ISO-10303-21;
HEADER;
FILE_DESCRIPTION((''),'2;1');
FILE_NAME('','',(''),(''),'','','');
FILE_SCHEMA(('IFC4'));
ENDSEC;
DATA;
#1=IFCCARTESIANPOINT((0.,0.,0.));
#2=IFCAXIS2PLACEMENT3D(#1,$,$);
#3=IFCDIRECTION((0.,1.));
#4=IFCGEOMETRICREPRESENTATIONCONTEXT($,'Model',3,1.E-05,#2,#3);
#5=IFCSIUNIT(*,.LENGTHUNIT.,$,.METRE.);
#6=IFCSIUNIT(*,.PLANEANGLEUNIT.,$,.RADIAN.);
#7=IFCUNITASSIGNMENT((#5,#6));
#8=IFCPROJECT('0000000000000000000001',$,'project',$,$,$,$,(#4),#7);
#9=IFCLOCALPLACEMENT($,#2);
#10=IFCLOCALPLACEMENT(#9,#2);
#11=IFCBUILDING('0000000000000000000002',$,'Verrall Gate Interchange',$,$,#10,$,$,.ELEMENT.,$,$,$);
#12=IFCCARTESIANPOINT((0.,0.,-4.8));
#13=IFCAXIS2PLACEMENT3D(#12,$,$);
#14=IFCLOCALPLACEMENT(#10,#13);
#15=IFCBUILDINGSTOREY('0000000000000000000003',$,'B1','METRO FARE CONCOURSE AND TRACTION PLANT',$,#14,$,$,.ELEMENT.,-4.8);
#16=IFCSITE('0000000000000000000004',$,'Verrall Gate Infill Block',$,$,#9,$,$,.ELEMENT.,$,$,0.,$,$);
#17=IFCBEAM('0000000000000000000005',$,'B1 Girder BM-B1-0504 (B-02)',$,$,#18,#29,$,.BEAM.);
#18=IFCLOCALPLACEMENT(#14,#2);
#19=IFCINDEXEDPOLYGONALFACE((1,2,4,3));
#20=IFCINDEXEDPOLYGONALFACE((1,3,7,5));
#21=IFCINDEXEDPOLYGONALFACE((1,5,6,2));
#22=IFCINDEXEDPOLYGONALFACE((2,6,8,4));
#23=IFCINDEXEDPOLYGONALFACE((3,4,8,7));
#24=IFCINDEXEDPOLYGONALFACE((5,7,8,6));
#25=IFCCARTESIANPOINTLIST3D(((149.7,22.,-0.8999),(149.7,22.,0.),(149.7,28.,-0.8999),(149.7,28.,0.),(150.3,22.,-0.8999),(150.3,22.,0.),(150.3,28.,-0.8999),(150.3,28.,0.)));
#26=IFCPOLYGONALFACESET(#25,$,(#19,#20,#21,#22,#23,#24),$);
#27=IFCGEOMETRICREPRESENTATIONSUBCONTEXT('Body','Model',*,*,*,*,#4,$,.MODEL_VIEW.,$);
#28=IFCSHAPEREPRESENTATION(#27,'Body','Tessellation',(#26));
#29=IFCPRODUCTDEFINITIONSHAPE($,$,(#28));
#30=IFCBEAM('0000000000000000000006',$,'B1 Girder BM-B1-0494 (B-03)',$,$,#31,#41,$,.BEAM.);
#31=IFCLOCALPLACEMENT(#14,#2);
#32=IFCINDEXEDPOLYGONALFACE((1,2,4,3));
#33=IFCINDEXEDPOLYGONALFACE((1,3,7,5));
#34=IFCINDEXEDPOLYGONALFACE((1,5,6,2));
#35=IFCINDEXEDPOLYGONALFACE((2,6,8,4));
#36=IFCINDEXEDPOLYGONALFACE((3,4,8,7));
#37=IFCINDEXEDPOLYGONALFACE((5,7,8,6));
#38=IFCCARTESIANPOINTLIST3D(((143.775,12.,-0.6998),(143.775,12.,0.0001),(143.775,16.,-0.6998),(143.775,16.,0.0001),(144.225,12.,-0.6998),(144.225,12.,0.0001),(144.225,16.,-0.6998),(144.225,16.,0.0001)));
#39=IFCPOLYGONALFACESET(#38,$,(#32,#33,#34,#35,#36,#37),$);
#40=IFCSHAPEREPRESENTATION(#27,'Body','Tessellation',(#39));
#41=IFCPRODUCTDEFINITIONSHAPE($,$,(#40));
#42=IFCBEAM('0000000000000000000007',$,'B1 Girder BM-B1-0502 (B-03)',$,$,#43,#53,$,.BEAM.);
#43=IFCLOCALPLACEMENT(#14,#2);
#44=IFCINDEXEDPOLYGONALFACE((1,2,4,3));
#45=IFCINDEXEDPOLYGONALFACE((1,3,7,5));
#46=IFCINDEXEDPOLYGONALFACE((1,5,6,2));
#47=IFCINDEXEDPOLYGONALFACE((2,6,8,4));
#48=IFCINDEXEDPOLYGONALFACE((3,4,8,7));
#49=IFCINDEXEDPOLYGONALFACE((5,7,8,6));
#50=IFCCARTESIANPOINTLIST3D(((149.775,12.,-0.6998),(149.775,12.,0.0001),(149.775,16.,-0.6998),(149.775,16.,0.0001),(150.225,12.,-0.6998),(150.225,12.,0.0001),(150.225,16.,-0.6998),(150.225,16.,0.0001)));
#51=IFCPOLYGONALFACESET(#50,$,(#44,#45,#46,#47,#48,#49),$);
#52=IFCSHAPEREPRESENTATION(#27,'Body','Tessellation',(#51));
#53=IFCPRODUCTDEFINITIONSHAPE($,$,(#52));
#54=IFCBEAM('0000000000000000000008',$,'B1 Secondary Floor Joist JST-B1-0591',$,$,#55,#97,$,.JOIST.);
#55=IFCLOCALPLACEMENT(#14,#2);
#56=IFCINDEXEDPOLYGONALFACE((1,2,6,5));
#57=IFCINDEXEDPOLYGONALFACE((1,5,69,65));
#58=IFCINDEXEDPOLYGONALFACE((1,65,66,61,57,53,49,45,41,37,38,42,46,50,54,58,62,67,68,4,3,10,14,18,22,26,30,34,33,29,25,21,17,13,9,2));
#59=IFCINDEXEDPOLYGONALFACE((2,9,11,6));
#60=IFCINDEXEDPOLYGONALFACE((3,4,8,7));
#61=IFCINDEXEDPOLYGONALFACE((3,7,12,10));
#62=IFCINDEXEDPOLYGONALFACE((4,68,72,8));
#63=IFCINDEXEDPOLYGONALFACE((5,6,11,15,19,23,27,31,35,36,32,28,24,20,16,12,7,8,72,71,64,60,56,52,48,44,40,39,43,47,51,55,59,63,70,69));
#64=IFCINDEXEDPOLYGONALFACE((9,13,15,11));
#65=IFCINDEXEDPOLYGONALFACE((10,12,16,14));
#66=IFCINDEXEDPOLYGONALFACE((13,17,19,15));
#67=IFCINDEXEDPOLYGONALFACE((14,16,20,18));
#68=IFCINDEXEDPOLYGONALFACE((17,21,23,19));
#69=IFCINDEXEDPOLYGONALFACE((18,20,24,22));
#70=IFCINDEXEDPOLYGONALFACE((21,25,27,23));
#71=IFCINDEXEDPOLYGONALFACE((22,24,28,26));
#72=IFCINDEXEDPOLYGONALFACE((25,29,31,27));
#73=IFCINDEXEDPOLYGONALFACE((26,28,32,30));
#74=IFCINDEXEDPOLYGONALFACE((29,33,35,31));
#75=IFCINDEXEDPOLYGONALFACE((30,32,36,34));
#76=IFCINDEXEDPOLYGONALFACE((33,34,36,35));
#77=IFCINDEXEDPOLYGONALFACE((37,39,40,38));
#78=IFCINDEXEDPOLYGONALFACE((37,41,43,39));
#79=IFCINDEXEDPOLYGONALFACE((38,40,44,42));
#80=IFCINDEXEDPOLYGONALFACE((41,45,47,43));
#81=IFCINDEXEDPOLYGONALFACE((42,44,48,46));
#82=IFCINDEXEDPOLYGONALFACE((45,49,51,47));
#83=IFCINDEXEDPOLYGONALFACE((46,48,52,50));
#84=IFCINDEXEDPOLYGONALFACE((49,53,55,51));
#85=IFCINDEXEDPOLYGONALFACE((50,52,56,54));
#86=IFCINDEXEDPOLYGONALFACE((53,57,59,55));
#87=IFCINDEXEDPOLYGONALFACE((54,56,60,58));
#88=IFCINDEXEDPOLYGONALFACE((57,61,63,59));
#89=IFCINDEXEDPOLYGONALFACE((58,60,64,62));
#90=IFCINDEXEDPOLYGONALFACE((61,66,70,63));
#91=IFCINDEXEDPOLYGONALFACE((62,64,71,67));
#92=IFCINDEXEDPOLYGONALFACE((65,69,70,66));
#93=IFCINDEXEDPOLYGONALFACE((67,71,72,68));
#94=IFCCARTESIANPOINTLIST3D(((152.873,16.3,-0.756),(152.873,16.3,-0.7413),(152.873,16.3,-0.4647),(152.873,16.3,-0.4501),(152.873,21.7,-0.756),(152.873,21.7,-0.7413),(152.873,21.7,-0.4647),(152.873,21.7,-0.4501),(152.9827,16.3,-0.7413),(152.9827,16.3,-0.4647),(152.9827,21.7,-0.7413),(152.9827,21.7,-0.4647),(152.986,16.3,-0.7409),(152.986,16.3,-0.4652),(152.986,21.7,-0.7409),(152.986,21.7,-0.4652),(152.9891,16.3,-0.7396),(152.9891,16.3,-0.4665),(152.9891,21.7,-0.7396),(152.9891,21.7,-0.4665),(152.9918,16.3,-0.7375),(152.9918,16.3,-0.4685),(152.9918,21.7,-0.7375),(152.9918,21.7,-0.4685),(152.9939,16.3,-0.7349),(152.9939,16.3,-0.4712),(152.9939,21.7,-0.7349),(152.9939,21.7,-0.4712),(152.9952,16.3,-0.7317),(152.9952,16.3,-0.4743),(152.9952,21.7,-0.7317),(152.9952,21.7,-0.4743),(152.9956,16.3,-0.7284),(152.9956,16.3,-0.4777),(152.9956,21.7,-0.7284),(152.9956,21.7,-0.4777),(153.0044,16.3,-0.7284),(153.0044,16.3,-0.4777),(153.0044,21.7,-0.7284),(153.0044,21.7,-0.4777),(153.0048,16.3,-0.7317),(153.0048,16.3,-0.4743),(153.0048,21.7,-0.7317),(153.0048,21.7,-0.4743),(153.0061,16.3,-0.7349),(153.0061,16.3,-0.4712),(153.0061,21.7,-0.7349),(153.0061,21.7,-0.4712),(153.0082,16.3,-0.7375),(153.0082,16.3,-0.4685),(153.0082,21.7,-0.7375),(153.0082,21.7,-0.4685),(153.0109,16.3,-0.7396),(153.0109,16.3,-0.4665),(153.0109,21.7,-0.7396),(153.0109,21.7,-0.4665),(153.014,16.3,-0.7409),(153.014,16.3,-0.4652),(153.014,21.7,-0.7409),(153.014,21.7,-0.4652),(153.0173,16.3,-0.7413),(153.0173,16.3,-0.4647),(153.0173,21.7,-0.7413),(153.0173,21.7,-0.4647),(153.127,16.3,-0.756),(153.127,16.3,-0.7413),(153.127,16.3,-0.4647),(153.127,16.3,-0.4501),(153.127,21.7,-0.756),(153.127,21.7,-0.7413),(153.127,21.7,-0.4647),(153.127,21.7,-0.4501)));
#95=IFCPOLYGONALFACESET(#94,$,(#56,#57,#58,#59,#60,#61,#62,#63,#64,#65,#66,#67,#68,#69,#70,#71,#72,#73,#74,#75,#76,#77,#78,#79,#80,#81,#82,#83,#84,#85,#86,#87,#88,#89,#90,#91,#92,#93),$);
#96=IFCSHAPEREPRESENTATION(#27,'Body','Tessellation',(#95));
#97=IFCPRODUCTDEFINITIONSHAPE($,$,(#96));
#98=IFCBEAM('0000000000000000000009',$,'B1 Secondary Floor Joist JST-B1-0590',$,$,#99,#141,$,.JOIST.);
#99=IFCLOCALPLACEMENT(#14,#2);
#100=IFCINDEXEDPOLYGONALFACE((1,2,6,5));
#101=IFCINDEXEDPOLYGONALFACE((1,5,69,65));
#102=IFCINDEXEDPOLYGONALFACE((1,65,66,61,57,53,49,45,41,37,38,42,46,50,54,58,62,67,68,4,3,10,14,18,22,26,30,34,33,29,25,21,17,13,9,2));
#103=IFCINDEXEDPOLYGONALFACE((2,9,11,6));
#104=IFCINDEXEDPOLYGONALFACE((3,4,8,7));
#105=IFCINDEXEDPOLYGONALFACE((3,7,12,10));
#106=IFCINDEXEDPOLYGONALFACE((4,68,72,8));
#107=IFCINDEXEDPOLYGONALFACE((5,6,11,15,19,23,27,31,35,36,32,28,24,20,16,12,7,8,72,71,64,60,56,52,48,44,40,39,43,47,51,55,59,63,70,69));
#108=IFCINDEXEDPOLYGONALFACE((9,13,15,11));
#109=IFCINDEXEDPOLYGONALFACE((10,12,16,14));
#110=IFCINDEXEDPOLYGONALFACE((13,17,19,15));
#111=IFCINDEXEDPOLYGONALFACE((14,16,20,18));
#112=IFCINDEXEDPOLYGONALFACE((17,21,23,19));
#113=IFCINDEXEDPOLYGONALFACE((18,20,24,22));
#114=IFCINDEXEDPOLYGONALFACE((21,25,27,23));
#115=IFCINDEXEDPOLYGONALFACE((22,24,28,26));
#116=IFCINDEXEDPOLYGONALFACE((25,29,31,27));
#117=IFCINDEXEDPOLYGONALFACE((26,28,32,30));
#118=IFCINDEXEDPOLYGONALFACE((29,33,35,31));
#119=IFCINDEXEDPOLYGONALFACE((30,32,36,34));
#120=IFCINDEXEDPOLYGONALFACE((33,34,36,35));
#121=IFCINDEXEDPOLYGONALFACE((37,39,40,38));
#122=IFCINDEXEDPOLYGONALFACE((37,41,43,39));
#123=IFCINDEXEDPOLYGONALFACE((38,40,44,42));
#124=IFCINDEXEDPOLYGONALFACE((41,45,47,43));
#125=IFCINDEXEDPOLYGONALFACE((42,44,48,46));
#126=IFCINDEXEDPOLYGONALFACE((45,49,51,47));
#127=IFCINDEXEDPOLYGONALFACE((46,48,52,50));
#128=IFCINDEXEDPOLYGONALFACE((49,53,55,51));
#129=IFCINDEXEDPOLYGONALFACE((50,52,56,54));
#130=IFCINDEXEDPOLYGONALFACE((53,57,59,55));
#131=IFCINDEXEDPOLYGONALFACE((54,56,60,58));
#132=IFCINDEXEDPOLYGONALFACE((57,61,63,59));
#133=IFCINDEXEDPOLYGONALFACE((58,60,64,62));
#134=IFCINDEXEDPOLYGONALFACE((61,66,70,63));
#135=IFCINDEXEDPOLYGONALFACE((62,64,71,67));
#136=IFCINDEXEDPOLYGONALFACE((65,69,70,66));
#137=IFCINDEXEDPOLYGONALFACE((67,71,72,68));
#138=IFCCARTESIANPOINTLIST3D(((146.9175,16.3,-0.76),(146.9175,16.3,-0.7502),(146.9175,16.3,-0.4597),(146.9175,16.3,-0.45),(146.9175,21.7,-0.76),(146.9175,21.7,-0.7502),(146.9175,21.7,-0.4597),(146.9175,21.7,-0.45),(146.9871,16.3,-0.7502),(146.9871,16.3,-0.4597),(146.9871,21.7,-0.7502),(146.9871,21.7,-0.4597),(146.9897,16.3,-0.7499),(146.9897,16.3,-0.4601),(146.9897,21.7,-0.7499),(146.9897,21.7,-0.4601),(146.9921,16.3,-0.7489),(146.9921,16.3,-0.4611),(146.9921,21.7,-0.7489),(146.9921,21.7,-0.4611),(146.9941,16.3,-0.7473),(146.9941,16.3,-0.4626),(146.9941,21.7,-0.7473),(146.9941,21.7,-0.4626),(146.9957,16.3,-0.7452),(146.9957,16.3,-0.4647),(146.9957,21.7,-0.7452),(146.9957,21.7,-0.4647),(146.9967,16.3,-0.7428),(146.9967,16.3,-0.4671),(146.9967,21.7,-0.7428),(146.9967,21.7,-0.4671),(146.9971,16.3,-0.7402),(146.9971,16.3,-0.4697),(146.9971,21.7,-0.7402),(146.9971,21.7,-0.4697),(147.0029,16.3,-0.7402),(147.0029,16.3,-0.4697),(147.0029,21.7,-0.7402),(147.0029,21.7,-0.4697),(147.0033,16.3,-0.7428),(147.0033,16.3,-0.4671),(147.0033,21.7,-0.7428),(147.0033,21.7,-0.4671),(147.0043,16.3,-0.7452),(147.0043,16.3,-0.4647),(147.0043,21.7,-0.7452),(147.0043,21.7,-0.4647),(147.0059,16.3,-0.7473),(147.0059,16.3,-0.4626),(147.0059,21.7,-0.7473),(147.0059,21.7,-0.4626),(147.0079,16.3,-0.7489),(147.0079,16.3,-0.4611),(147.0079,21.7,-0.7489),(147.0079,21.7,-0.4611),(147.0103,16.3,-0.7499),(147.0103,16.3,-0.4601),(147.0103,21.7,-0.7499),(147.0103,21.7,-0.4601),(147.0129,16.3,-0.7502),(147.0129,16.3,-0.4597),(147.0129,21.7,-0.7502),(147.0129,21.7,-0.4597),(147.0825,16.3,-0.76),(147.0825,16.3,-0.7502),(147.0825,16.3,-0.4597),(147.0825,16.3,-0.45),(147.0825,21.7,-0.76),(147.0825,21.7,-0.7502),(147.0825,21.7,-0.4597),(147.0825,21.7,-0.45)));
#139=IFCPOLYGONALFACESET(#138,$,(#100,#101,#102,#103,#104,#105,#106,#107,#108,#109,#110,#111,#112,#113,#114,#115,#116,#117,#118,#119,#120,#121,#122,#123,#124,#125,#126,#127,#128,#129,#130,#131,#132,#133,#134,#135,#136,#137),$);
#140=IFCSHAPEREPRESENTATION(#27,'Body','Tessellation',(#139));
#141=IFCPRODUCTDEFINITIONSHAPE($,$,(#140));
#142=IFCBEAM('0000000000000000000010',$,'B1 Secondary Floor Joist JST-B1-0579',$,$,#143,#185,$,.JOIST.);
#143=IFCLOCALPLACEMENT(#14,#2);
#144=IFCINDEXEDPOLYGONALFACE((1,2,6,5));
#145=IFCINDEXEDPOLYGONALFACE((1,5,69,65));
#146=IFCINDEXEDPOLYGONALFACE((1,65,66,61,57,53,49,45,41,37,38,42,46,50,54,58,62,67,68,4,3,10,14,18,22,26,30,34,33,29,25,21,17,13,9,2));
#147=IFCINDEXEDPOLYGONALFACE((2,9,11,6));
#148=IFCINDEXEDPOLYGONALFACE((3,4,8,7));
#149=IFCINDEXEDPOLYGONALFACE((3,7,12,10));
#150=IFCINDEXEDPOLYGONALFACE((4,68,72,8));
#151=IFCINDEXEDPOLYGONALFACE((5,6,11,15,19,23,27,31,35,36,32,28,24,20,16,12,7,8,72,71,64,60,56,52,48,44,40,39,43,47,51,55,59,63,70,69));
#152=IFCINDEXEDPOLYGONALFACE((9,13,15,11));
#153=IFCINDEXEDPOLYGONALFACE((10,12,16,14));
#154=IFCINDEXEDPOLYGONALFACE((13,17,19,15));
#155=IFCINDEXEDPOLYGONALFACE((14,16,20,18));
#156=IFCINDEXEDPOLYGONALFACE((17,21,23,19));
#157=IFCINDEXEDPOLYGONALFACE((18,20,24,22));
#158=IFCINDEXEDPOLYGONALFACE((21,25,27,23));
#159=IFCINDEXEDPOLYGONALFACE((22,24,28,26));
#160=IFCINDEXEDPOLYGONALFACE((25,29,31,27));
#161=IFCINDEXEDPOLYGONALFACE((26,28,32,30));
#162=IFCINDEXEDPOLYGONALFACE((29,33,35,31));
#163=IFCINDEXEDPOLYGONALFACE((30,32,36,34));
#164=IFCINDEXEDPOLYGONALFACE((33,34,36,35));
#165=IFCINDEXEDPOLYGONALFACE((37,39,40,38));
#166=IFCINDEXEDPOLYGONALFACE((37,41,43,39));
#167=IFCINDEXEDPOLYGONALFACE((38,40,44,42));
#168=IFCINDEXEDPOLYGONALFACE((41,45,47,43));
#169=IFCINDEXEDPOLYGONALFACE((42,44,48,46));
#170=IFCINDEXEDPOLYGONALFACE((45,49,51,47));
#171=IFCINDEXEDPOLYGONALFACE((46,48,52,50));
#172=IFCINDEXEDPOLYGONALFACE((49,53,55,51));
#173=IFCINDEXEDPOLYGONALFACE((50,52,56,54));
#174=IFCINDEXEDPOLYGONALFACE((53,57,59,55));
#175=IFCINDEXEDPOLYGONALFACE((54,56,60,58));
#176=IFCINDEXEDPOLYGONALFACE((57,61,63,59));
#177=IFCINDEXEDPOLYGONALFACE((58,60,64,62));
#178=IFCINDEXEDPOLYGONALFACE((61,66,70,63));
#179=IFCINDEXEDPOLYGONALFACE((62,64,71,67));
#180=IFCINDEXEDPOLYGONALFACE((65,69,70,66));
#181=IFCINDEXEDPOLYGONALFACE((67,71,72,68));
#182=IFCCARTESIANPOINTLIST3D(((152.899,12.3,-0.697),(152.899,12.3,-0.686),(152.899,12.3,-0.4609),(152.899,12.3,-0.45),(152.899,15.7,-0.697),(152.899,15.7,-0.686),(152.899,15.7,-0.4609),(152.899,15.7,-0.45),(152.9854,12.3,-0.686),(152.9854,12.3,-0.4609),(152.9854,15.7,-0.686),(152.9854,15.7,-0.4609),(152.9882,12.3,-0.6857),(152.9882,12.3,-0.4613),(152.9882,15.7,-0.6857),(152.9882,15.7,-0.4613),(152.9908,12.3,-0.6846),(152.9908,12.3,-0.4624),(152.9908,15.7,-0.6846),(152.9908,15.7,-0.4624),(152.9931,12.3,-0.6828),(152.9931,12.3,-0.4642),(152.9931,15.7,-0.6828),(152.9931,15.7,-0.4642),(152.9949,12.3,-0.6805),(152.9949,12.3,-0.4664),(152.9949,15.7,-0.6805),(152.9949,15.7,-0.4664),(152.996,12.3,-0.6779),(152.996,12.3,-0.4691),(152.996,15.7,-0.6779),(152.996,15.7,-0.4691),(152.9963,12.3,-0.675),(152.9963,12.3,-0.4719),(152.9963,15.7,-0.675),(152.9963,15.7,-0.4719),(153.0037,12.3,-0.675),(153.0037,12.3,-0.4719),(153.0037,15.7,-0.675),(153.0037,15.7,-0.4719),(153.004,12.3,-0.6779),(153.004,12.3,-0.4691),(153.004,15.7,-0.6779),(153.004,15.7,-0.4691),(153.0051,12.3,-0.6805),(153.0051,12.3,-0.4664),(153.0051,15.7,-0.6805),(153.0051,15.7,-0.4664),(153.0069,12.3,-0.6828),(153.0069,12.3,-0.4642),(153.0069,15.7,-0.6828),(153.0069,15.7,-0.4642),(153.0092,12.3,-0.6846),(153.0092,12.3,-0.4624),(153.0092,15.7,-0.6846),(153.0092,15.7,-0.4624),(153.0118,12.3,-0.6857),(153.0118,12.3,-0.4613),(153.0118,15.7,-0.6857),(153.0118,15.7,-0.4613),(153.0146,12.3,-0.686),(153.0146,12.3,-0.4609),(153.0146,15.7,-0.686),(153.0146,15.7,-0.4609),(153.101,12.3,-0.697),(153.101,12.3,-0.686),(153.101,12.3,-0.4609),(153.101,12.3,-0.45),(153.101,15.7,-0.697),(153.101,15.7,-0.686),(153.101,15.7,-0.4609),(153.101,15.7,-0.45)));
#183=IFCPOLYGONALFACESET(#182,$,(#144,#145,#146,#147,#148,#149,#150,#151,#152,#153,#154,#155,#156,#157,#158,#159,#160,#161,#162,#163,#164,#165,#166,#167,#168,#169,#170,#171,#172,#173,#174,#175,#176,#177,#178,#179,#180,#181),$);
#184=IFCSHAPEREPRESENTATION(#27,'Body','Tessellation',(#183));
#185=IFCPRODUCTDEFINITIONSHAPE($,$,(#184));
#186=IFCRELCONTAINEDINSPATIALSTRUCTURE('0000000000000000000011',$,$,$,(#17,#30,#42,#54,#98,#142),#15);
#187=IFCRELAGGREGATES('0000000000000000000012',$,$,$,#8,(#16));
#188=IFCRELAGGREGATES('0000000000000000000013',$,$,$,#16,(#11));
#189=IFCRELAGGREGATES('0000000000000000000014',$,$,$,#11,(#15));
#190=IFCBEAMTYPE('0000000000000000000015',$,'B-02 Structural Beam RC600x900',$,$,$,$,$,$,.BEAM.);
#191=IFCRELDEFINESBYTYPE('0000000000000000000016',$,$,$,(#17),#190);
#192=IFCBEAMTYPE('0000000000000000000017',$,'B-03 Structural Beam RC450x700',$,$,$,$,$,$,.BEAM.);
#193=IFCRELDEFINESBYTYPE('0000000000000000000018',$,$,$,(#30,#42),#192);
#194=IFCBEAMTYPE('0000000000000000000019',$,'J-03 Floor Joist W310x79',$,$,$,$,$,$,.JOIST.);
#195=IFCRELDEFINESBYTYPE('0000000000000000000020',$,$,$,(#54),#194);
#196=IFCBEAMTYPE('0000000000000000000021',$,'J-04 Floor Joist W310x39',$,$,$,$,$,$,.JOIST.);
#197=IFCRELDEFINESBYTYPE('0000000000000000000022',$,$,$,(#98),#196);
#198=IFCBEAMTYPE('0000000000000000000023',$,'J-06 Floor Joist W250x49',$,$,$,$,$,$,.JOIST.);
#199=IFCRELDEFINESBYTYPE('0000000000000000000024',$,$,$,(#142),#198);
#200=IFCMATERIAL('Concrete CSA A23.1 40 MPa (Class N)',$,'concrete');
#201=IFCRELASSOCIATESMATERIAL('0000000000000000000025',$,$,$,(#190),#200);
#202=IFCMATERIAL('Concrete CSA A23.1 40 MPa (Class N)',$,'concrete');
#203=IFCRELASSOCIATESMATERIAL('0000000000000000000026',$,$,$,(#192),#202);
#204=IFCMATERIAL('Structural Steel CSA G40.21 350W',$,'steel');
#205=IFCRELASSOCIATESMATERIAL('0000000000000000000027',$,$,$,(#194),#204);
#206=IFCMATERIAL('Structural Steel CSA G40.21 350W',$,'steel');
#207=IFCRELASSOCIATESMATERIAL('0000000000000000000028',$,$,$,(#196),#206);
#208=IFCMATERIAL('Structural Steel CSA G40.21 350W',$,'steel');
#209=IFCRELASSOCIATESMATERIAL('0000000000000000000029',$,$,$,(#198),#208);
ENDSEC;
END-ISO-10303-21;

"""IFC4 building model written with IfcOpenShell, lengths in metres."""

from ifc_helpers import new_model, si_unit, direction, frame, origin, origin_2d, place, context, subcontext, project, spatial, rectangle, i_section, extrude, material, material_profile, profile_set, type_object, element, save


model = new_model("IFC4")

# Units and contexts
model_context = context("Model", 3, precision=1e-05, world=origin(), true_north=direction((0.0, 1.0)))
body_context = subcontext(model_context, "Body", "Model", "MODEL_VIEW")
ifc_project = project(units=[si_unit("LENGTHUNIT", "METRE"), si_unit("PLANEANGLEUNIT", "RADIAN")], contexts=[model_context])

# Site, building, storey
site_placement = place(None, origin())
site = spatial("IfcSite", under=ifc_project, at=site_placement, Name="Verrall Gate Infill Block", CompositionType="ELEMENT", RefElevation=0.0)
building_placement = place(site_placement, origin())
building = spatial("IfcBuilding", under=site, at=building_placement, Name="Verrall Gate Interchange", CompositionType="ELEMENT")
storey_placement = place(building_placement, frame((0.0, 0.0, -4.8)))
storey = spatial("IfcBuildingStorey", under=building, at=storey_placement, Name="B1", Description="METRO FARE CONCOURSE AND TRACTION PLANT", CompositionType="ELEMENT", Elevation=-4.8)

# Beams
ifc_material_1 = material(Name="Concrete CSA A23.1 40 MPa (Class N)", Category="concrete")
ifc_material_profile_1 = material_profile(ifc_material_1, rectangle(XDim=0.6001, YDim=0.8999, at=origin_2d()), Name="RC600x900")
ifc_profile_set_1 = profile_set([ifc_material_profile_1], Name="Concrete CSA A23.1 40 MPa (Class N)")
beam_type_1 = type_object("IfcBeamType", Name="B-02 Structural Beam RC600x900", PredefinedType="BEAM", material=ifc_profile_set_1)
for number, where, z_axis, x_axis, name in (
    (1, (150.0, 22.0, -0.45), (0.0, 1.0, 0.0), (-1.0, 0.0, 0.0), "B1 Girder BM-B1-0504 (B-02)"),
):
    element("IfcBeam", number, at=place(storey_placement, frame(where, z_axis=z_axis, x_axis=x_axis)), inside=storey, type_object=beam_type_1, Name=name, PredefinedType="BEAM", context=body_context, shape_type="SweptSolid", body=[
        extrude(rectangle(XDim=0.6001, YDim=0.8999, at=origin_2d()), origin(), (0.0, 0.0, 1.0), 6.0),
    ])
ifc_material_2 = material(Name="Concrete CSA A23.1 40 MPa (Class N)", Category="concrete")
ifc_material_profile_2 = material_profile(ifc_material_2, rectangle(XDim=0.45, YDim=0.7, at=origin_2d()), Name="RC450x700")
ifc_profile_set_2 = profile_set([ifc_material_profile_2], Name="Concrete CSA A23.1 40 MPa (Class N)")
beam_type_2 = type_object("IfcBeamType", Name="B-03 Structural Beam RC450x700", PredefinedType="BEAM", material=ifc_profile_set_2)
for number, where, z_axis, x_axis, name in (
    (2, (144.0, 12.0, -0.3499), (0.0, 1.0, 0.0), (-1.0, 0.0, 0.0), "B1 Girder BM-B1-0494 (B-03)"),
    (3, (150.0, 12.0, -0.3499), (0.0, 1.0, 0.0), (-1.0, 0.0, 0.0), "B1 Girder BM-B1-0502 (B-03)"),
):
    element("IfcBeam", number, at=place(storey_placement, frame(where, z_axis=z_axis, x_axis=x_axis)), inside=storey, type_object=beam_type_2, Name=name, PredefinedType="BEAM", context=body_context, shape_type="SweptSolid", body=[
        extrude(rectangle(XDim=0.45, YDim=0.7, at=origin_2d()), origin(), (0.0, 0.0, 1.0), 4.0),
    ])
ifc_material_3 = material(Name="Structural Steel CSA G40.21 350W", Category="steel")
ifc_material_profile_3 = material_profile(ifc_material_3, i_section(OverallWidth=0.2539, OverallDepth=0.3059, WebThickness=0.0088, FlangeThickness=0.0146, FilletRadius=0.0129, at=origin_2d()), Name="W310x79")
ifc_profile_set_3 = profile_set([ifc_material_profile_3], Name="Structural Steel CSA G40.21 350W")
beam_type_3 = type_object("IfcBeamType", Name="J-03 Floor Joist W310x79", PredefinedType="JOIST", material=ifc_profile_set_3)
beam_1_placement = place(storey_placement, frame((153.0, 16.3, -0.603), z_axis=(0.0, 1.0, 0.0), x_axis=(-1.0, 0.0, 0.0)))
element("IfcBeam", 4, at=beam_1_placement, inside=storey, type_object=beam_type_3, Name="B1 Secondary Floor Joist JST-B1-0591", PredefinedType="JOIST", context=body_context, shape_type="SweptSolid", body=[
    extrude(i_section(OverallWidth=0.2539, OverallDepth=0.3059, WebThickness=0.0088, FlangeThickness=0.0146, FilletRadius=0.0129, at=origin_2d()), origin(), (0.0, 0.0, 1.0), 5.3999),
])
ifc_material_4 = material(Name="Structural Steel CSA G40.21 350W", Category="steel")
ifc_material_profile_4 = material_profile(ifc_material_4, i_section(OverallWidth=0.165, OverallDepth=0.3101, WebThickness=0.0059, FlangeThickness=0.0098, FilletRadius=0.01, at=origin_2d()), Name="W310x39")
ifc_profile_set_4 = profile_set([ifc_material_profile_4], Name="Structural Steel CSA G40.21 350W")
beam_type_4 = type_object("IfcBeamType", Name="J-04 Floor Joist W310x39", PredefinedType="JOIST", material=ifc_profile_set_4)
beam_2_placement = place(storey_placement, frame((147.0, 16.3, -0.605), z_axis=(0.0, 1.0, 0.0), x_axis=(-1.0, 0.0, 0.0)))
element("IfcBeam", 5, at=beam_2_placement, inside=storey, type_object=beam_type_4, Name="B1 Secondary Floor Joist JST-B1-0590", PredefinedType="JOIST", context=body_context, shape_type="SweptSolid", body=[
    extrude(i_section(OverallWidth=0.165, OverallDepth=0.3101, WebThickness=0.0059, FlangeThickness=0.0098, FilletRadius=0.01, at=origin_2d()), origin(), (0.0, 0.0, 1.0), 5.3999),
])
ifc_material_5 = material(Name="Structural Steel CSA G40.21 350W", Category="steel")
ifc_material_profile_5 = material_profile(ifc_material_5, i_section(OverallWidth=0.2019, OverallDepth=0.2471, WebThickness=0.0073, FlangeThickness=0.011, FilletRadius=0.011, at=origin_2d()), Name="W250x49")
ifc_profile_set_5 = profile_set([ifc_material_profile_5], Name="Structural Steel CSA G40.21 350W")
beam_type_5 = type_object("IfcBeamType", Name="J-06 Floor Joist W250x49", PredefinedType="JOIST", material=ifc_profile_set_5)
beam_3_placement = place(storey_placement, frame((153.0, 12.3, -0.5735), z_axis=(0.0, 1.0, 0.0), x_axis=(-1.0, 0.0, 0.0)))
element("IfcBeam", 6, at=beam_3_placement, inside=storey, type_object=beam_type_5, Name="B1 Secondary Floor Joist JST-B1-0579", PredefinedType="JOIST", context=body_context, shape_type="SweptSolid", body=[
    extrude(i_section(OverallWidth=0.2019, OverallDepth=0.2471, WebThickness=0.0073, FlangeThickness=0.011, FilletRadius=0.011, at=origin_2d()), origin(), (0.0, 0.0, 1.0), 3.3999),
])

save(model, "model.ifc")
